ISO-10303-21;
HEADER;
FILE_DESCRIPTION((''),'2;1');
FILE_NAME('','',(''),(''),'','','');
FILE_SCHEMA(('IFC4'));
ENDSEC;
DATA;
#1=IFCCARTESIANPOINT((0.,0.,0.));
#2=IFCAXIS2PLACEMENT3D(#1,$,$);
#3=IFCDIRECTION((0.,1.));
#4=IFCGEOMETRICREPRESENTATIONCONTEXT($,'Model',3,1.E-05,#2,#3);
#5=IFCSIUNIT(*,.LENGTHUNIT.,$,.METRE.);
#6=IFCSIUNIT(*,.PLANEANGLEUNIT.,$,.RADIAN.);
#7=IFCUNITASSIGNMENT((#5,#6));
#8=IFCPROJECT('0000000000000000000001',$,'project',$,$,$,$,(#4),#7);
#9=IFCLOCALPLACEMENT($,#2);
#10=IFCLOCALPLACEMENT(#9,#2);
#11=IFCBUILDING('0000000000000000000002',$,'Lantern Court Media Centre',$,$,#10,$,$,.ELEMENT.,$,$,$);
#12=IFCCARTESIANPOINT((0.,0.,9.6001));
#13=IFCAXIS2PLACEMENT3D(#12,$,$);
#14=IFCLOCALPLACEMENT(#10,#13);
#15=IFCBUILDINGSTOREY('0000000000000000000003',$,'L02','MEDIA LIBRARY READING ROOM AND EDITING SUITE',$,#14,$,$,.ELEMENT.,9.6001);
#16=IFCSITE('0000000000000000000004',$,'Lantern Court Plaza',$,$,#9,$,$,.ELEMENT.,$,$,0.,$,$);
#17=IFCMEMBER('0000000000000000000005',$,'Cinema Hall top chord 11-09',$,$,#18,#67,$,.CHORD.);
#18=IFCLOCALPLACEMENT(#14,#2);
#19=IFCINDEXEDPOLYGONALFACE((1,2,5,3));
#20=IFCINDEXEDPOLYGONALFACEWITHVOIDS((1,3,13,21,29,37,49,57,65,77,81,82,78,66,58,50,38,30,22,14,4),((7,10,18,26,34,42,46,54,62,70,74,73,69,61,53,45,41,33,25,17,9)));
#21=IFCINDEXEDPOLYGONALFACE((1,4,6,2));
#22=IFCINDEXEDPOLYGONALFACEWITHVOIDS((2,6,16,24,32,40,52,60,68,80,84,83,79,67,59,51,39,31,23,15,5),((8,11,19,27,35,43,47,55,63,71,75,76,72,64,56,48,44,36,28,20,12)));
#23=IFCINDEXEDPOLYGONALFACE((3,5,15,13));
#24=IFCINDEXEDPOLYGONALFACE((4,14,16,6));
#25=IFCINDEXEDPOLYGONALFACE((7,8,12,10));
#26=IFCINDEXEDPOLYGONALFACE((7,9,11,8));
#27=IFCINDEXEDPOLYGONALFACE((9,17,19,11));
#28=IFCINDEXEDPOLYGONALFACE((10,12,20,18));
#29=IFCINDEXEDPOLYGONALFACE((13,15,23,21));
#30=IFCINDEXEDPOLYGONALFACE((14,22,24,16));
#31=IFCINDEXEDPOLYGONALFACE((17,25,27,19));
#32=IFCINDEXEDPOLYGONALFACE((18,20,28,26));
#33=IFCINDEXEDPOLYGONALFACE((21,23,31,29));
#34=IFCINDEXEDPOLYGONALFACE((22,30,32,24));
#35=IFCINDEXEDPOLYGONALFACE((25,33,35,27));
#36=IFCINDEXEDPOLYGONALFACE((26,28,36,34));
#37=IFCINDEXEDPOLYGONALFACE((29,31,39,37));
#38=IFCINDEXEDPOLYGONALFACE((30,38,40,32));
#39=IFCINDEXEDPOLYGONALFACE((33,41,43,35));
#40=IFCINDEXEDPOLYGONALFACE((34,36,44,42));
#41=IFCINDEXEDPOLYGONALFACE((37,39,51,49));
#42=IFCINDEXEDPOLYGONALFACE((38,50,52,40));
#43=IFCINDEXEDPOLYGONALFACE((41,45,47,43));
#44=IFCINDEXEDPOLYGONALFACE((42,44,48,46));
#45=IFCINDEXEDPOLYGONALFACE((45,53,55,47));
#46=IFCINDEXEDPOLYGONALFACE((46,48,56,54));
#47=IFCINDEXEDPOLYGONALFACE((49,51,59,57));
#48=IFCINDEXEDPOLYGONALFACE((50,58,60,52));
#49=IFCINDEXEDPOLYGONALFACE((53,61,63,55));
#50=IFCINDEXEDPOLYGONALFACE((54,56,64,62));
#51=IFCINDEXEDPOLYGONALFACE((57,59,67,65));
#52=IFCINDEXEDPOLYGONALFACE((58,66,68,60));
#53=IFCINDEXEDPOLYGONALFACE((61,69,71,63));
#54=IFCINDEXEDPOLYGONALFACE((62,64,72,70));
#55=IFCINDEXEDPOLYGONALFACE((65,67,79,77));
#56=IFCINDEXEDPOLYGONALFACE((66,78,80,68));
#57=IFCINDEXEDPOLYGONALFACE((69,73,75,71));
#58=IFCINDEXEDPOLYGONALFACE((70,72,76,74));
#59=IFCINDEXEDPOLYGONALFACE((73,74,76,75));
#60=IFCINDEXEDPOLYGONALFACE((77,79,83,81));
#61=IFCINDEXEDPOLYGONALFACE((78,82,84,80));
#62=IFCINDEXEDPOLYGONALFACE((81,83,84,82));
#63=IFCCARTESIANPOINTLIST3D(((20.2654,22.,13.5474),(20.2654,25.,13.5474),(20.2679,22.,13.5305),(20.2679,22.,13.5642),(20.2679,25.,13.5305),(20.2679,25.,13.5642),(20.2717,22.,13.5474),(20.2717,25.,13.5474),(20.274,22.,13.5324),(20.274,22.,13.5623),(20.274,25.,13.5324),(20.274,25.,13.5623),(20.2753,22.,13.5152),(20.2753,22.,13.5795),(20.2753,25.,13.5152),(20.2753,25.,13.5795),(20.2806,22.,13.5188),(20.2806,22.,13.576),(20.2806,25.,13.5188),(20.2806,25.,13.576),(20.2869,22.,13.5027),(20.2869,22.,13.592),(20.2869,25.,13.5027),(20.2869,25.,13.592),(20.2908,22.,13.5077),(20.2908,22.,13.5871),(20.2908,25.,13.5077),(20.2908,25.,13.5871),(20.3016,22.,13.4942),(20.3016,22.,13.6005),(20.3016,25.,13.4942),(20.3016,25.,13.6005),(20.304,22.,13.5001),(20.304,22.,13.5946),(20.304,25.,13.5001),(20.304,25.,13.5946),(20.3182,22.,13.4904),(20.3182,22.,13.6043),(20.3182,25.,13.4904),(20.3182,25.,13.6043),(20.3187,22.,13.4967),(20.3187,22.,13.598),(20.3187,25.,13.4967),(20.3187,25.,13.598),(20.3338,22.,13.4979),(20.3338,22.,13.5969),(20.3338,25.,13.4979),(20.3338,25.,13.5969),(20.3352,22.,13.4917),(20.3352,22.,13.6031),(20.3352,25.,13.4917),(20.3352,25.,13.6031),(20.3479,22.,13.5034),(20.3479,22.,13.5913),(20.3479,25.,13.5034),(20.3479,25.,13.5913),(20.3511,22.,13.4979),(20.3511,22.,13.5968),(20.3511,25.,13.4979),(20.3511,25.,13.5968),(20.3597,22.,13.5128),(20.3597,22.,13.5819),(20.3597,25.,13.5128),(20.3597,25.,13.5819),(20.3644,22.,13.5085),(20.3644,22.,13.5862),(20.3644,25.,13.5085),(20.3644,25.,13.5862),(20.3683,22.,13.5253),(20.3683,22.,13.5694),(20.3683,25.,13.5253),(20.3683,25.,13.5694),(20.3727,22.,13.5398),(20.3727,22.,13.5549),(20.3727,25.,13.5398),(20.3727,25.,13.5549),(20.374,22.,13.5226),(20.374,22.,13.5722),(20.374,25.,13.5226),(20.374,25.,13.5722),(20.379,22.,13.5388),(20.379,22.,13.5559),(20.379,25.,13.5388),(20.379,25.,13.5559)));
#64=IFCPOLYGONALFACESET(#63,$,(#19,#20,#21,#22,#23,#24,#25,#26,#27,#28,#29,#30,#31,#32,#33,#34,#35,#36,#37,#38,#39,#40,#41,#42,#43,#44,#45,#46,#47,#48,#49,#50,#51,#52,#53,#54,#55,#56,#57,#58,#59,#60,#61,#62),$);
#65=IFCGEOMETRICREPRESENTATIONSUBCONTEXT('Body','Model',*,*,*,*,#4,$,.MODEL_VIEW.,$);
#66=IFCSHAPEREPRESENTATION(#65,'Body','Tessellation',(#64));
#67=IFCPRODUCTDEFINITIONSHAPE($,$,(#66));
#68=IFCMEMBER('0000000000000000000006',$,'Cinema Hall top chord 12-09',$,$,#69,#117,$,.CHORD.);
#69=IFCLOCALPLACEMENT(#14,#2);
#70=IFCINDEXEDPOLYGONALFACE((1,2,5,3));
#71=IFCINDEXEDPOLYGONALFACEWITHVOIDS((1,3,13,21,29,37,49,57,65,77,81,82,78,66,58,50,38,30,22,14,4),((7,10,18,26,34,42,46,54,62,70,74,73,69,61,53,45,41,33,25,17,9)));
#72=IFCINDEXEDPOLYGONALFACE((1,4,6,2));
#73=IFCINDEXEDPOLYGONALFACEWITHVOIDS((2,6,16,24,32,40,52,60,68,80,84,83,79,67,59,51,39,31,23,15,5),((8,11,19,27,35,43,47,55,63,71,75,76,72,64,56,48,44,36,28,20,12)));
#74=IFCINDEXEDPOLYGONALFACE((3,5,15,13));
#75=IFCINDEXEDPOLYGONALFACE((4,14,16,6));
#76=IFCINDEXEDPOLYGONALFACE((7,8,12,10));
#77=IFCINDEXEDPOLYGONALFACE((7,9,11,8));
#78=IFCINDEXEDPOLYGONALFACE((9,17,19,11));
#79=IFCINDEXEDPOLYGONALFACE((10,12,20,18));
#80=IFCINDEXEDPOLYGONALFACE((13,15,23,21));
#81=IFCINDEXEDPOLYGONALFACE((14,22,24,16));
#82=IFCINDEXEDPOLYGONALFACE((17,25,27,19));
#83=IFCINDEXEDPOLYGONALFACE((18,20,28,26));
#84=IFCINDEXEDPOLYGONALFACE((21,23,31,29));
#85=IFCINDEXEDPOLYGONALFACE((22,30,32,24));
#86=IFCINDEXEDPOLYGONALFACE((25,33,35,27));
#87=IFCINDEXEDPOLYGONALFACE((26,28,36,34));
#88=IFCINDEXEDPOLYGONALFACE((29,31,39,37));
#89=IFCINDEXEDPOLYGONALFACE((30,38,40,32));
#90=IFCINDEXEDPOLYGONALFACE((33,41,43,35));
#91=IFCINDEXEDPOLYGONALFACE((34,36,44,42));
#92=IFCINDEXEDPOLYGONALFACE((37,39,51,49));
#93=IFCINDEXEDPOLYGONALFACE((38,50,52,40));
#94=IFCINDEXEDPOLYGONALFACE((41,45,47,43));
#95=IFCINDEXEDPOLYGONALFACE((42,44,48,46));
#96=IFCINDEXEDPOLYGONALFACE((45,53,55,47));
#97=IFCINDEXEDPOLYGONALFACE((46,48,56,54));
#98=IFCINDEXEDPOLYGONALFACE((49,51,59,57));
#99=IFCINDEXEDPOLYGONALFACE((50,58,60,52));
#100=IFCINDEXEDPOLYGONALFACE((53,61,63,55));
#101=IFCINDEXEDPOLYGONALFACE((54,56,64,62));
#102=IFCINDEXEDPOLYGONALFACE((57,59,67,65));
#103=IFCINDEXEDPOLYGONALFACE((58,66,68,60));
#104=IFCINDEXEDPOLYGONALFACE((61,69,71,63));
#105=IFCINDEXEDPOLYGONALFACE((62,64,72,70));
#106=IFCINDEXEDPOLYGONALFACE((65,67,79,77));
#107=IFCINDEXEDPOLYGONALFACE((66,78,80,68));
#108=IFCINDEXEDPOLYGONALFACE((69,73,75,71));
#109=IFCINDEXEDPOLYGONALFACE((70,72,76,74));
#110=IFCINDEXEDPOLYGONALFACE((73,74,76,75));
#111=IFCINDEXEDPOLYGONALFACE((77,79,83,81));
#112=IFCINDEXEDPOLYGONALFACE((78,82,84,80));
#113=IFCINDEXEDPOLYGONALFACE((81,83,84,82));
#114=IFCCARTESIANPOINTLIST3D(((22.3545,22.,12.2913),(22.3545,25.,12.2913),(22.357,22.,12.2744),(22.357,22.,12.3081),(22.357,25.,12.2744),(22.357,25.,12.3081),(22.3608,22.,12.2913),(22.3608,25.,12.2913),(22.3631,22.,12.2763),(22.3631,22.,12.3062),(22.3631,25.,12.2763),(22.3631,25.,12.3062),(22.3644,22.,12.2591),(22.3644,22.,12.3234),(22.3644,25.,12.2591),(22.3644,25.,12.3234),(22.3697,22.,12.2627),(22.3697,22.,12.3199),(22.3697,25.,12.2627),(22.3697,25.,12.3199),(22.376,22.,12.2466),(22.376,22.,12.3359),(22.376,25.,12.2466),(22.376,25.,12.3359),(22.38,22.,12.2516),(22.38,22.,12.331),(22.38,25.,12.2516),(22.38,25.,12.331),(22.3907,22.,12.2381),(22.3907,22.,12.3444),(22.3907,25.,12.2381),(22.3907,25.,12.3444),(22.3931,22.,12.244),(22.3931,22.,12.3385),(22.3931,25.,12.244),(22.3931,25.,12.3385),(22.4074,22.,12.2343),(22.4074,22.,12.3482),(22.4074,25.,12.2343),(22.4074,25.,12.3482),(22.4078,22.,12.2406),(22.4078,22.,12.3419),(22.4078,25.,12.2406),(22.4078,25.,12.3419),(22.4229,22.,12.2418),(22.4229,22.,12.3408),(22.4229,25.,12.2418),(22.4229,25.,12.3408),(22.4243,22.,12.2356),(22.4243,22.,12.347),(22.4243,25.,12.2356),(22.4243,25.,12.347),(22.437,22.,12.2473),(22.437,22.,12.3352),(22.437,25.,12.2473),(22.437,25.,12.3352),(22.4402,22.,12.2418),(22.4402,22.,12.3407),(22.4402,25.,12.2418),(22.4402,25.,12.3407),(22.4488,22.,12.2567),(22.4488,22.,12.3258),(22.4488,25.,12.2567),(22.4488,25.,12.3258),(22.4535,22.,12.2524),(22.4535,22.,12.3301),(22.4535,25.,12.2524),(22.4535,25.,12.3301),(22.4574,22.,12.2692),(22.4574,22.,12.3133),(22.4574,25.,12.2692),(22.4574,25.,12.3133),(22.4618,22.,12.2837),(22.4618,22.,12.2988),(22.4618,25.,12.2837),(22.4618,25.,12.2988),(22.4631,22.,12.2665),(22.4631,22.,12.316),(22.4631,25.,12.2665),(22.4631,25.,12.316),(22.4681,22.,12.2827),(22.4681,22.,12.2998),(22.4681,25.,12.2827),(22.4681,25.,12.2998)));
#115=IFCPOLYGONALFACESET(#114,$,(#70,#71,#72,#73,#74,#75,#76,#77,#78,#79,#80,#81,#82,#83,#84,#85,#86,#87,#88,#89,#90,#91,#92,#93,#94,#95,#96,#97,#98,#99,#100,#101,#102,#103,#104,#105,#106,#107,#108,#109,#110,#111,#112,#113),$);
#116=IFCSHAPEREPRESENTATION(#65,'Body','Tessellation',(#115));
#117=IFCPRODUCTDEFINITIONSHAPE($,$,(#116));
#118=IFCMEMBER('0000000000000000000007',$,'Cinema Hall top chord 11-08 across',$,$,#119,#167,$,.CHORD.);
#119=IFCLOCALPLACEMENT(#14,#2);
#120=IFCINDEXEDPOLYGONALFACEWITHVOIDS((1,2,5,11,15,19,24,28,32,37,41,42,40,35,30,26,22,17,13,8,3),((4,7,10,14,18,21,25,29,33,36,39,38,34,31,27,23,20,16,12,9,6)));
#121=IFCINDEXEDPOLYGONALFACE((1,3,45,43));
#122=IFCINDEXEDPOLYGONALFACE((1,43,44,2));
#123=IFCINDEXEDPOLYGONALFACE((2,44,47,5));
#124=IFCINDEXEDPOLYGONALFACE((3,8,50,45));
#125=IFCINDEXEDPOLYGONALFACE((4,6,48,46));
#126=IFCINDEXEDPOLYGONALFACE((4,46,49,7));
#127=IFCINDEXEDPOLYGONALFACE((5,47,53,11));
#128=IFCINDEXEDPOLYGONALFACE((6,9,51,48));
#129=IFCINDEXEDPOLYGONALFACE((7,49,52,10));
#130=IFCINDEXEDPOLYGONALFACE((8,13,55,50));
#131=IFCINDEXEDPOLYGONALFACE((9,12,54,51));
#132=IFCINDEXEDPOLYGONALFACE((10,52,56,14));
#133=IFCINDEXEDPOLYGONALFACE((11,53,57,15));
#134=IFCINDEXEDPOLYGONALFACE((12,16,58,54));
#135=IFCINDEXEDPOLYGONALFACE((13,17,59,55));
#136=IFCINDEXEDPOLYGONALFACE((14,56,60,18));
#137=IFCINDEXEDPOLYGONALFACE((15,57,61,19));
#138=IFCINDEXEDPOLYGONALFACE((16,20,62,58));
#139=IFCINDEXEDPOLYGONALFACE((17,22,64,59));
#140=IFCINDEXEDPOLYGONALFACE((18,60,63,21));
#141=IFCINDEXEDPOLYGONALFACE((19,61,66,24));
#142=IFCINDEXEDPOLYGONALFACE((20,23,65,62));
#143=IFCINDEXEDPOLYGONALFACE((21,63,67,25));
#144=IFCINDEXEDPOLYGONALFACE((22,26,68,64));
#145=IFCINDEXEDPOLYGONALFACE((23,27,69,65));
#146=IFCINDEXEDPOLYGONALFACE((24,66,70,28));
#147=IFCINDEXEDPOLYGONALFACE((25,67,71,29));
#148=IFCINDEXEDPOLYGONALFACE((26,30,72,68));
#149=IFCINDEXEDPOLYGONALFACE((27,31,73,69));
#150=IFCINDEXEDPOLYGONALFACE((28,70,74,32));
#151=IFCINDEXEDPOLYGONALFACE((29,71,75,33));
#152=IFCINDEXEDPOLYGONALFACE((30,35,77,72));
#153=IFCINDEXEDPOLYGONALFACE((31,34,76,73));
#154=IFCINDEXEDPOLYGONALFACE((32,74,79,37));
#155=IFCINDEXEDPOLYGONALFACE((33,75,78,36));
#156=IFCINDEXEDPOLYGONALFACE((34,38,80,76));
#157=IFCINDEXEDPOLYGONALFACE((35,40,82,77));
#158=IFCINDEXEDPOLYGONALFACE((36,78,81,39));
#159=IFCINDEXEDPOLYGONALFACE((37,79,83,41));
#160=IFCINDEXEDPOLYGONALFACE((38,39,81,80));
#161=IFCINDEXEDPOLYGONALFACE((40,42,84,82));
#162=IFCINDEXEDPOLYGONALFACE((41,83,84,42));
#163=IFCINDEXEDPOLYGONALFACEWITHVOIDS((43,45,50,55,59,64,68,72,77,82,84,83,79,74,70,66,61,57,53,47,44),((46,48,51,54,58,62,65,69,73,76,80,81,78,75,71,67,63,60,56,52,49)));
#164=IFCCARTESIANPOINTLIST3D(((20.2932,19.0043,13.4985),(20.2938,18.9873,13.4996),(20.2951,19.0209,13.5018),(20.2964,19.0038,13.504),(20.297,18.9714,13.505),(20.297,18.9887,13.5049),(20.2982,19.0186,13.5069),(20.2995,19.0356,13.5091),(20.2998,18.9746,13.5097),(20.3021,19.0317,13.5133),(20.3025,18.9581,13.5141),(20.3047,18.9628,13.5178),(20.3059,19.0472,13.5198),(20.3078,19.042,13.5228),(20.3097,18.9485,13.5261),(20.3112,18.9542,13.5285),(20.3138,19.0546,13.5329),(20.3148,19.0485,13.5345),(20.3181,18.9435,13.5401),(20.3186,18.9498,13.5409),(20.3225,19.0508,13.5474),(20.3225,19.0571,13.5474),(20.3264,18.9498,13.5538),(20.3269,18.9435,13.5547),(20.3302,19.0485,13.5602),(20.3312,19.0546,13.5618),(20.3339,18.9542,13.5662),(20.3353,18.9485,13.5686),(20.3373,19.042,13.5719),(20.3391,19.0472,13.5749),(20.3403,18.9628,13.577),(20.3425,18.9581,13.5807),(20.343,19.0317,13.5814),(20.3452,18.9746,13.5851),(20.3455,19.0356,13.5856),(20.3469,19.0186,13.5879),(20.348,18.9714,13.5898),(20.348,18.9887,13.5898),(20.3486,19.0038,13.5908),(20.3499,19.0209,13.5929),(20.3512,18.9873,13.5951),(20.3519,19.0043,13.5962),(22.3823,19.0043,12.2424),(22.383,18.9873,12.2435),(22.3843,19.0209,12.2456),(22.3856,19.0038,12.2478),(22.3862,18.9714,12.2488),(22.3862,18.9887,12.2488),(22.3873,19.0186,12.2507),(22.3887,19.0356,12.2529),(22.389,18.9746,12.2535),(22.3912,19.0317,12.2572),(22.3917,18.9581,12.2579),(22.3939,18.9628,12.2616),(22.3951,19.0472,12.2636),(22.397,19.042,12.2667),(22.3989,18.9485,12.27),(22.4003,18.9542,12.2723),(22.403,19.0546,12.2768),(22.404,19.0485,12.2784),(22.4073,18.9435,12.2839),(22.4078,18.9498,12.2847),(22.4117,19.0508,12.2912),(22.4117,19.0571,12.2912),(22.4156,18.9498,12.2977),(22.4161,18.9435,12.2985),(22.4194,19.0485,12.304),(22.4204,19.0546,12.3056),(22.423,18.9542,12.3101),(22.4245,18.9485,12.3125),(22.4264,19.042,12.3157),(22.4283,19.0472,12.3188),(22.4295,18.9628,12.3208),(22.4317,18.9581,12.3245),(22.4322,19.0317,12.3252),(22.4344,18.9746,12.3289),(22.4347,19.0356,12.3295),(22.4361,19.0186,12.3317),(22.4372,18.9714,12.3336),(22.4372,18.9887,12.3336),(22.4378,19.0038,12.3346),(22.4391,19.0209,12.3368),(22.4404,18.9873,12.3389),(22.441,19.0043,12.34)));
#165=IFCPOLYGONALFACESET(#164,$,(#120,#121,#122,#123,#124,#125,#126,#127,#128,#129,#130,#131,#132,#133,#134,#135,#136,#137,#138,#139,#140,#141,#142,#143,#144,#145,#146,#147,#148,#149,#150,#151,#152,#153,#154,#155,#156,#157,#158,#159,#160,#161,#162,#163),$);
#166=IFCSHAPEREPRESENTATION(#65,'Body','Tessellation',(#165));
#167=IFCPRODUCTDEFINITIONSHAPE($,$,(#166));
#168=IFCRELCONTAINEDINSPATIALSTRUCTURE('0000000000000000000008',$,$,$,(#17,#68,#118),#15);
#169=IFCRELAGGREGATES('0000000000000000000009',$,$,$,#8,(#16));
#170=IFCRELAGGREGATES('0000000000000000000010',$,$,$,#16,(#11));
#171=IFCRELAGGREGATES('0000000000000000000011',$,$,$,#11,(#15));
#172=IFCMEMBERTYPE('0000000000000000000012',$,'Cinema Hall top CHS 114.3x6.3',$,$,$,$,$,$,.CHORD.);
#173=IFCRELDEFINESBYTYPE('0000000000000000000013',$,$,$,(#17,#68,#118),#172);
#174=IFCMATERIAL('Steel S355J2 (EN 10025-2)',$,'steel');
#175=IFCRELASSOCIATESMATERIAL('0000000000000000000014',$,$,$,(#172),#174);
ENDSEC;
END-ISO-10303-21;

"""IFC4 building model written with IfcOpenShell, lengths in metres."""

from ifc_helpers import new_model, si_unit, direction, frame, origin, origin_2d, place, context, subcontext, project, spatial, hollow_circle, extrude, material, material_profile, profile_set, type_object, element, save


model = new_model("IFC4")

# Units and contexts
model_context = context("Model", 3, precision=1e-05, world=origin(), true_north=direction((0.0, 1.0)))
body_context = subcontext(model_context, "Body", "Model", "MODEL_VIEW")
ifc_project = project(units=[si_unit("LENGTHUNIT", "METRE"), si_unit("PLANEANGLEUNIT", "RADIAN")], contexts=[model_context])

# Site, building, storey
site_placement = place(None, origin())
site = spatial("IfcSite", under=ifc_project, at=site_placement, Name="Lantern Court Plaza", CompositionType="ELEMENT", RefElevation=0.0)
building_placement = place(site_placement, origin())
building = spatial("IfcBuilding", under=site, at=building_placement, Name="Lantern Court Media Centre", CompositionType="ELEMENT")
storey_placement = place(building_placement, frame((0.0, 0.0, 9.6001)))
storey = spatial("IfcBuildingStorey", under=building, at=storey_placement, Name="L02", Description="MEDIA LIBRARY READING ROOM AND EDITING SUITE", CompositionType="ELEMENT", Elevation=9.6001)

# Members
ifc_material = material(Name="Steel S355J2 (EN 10025-2)", Category="steel")
ifc_material_profile_1 = material_profile(ifc_material, hollow_circle(Radius=0.0571, WallThickness=0.0063, at=origin_2d()), Name="Cinema Hall top CHS 114.3x6.3")
ifc_profile_set_1 = profile_set([ifc_material_profile_1], Name="Steel S355J2 (EN 10025-2)")
member_type_1 = type_object("IfcMemberType", Name="Cinema Hall top CHS 114.3x6.3", PredefinedType="CHORD", material=ifc_profile_set_1)
for number, where, z_axis, x_axis, name in (
    (1, (20.3225, 22.0, 13.5474), (0.0, 1.0, 0.0), (-1.0, 0.0, 0.0), "Cinema Hall top chord 11-09"),
    (2, (22.4116, 22.0, 12.2913), (0.0, 1.0, 0.0), (-1.0, 0.0, 0.0), "Cinema Hall top chord 12-09"),
):
    element("IfcMember", number, at=place(storey_placement, frame(where, z_axis=z_axis, x_axis=x_axis)), inside=storey, type_object=member_type_1, Name=name, PredefinedType="CHORD", context=body_context, shape_type="SweptSolid", body=[
        extrude(hollow_circle(Radius=0.0571, WallThickness=0.0063, at=origin_2d()), origin(), (0.0, 0.0, 1.0), 3.0),
    ])
for number, where, z_axis, x_axis, name in (
    (3, (20.3225, 19.0, 13.5474), (0.857015, 0.0, -0.515291), (0.0, 1.0, 0.0), "Cinema Hall top chord 11-08 across"),
):
    element("IfcMember", number, at=place(storey_placement, frame(where, z_axis=z_axis, x_axis=x_axis)), inside=storey, type_object=member_type_1, Name=name, PredefinedType="CHORD", context=body_context, shape_type="SweptSolid", body=[
        extrude(hollow_circle(Radius=0.0571, WallThickness=0.0063, at=origin_2d()), origin(), (0.0, 0.0, 1.0), 2.4377),
    ])

save(model, "model.ifc")
